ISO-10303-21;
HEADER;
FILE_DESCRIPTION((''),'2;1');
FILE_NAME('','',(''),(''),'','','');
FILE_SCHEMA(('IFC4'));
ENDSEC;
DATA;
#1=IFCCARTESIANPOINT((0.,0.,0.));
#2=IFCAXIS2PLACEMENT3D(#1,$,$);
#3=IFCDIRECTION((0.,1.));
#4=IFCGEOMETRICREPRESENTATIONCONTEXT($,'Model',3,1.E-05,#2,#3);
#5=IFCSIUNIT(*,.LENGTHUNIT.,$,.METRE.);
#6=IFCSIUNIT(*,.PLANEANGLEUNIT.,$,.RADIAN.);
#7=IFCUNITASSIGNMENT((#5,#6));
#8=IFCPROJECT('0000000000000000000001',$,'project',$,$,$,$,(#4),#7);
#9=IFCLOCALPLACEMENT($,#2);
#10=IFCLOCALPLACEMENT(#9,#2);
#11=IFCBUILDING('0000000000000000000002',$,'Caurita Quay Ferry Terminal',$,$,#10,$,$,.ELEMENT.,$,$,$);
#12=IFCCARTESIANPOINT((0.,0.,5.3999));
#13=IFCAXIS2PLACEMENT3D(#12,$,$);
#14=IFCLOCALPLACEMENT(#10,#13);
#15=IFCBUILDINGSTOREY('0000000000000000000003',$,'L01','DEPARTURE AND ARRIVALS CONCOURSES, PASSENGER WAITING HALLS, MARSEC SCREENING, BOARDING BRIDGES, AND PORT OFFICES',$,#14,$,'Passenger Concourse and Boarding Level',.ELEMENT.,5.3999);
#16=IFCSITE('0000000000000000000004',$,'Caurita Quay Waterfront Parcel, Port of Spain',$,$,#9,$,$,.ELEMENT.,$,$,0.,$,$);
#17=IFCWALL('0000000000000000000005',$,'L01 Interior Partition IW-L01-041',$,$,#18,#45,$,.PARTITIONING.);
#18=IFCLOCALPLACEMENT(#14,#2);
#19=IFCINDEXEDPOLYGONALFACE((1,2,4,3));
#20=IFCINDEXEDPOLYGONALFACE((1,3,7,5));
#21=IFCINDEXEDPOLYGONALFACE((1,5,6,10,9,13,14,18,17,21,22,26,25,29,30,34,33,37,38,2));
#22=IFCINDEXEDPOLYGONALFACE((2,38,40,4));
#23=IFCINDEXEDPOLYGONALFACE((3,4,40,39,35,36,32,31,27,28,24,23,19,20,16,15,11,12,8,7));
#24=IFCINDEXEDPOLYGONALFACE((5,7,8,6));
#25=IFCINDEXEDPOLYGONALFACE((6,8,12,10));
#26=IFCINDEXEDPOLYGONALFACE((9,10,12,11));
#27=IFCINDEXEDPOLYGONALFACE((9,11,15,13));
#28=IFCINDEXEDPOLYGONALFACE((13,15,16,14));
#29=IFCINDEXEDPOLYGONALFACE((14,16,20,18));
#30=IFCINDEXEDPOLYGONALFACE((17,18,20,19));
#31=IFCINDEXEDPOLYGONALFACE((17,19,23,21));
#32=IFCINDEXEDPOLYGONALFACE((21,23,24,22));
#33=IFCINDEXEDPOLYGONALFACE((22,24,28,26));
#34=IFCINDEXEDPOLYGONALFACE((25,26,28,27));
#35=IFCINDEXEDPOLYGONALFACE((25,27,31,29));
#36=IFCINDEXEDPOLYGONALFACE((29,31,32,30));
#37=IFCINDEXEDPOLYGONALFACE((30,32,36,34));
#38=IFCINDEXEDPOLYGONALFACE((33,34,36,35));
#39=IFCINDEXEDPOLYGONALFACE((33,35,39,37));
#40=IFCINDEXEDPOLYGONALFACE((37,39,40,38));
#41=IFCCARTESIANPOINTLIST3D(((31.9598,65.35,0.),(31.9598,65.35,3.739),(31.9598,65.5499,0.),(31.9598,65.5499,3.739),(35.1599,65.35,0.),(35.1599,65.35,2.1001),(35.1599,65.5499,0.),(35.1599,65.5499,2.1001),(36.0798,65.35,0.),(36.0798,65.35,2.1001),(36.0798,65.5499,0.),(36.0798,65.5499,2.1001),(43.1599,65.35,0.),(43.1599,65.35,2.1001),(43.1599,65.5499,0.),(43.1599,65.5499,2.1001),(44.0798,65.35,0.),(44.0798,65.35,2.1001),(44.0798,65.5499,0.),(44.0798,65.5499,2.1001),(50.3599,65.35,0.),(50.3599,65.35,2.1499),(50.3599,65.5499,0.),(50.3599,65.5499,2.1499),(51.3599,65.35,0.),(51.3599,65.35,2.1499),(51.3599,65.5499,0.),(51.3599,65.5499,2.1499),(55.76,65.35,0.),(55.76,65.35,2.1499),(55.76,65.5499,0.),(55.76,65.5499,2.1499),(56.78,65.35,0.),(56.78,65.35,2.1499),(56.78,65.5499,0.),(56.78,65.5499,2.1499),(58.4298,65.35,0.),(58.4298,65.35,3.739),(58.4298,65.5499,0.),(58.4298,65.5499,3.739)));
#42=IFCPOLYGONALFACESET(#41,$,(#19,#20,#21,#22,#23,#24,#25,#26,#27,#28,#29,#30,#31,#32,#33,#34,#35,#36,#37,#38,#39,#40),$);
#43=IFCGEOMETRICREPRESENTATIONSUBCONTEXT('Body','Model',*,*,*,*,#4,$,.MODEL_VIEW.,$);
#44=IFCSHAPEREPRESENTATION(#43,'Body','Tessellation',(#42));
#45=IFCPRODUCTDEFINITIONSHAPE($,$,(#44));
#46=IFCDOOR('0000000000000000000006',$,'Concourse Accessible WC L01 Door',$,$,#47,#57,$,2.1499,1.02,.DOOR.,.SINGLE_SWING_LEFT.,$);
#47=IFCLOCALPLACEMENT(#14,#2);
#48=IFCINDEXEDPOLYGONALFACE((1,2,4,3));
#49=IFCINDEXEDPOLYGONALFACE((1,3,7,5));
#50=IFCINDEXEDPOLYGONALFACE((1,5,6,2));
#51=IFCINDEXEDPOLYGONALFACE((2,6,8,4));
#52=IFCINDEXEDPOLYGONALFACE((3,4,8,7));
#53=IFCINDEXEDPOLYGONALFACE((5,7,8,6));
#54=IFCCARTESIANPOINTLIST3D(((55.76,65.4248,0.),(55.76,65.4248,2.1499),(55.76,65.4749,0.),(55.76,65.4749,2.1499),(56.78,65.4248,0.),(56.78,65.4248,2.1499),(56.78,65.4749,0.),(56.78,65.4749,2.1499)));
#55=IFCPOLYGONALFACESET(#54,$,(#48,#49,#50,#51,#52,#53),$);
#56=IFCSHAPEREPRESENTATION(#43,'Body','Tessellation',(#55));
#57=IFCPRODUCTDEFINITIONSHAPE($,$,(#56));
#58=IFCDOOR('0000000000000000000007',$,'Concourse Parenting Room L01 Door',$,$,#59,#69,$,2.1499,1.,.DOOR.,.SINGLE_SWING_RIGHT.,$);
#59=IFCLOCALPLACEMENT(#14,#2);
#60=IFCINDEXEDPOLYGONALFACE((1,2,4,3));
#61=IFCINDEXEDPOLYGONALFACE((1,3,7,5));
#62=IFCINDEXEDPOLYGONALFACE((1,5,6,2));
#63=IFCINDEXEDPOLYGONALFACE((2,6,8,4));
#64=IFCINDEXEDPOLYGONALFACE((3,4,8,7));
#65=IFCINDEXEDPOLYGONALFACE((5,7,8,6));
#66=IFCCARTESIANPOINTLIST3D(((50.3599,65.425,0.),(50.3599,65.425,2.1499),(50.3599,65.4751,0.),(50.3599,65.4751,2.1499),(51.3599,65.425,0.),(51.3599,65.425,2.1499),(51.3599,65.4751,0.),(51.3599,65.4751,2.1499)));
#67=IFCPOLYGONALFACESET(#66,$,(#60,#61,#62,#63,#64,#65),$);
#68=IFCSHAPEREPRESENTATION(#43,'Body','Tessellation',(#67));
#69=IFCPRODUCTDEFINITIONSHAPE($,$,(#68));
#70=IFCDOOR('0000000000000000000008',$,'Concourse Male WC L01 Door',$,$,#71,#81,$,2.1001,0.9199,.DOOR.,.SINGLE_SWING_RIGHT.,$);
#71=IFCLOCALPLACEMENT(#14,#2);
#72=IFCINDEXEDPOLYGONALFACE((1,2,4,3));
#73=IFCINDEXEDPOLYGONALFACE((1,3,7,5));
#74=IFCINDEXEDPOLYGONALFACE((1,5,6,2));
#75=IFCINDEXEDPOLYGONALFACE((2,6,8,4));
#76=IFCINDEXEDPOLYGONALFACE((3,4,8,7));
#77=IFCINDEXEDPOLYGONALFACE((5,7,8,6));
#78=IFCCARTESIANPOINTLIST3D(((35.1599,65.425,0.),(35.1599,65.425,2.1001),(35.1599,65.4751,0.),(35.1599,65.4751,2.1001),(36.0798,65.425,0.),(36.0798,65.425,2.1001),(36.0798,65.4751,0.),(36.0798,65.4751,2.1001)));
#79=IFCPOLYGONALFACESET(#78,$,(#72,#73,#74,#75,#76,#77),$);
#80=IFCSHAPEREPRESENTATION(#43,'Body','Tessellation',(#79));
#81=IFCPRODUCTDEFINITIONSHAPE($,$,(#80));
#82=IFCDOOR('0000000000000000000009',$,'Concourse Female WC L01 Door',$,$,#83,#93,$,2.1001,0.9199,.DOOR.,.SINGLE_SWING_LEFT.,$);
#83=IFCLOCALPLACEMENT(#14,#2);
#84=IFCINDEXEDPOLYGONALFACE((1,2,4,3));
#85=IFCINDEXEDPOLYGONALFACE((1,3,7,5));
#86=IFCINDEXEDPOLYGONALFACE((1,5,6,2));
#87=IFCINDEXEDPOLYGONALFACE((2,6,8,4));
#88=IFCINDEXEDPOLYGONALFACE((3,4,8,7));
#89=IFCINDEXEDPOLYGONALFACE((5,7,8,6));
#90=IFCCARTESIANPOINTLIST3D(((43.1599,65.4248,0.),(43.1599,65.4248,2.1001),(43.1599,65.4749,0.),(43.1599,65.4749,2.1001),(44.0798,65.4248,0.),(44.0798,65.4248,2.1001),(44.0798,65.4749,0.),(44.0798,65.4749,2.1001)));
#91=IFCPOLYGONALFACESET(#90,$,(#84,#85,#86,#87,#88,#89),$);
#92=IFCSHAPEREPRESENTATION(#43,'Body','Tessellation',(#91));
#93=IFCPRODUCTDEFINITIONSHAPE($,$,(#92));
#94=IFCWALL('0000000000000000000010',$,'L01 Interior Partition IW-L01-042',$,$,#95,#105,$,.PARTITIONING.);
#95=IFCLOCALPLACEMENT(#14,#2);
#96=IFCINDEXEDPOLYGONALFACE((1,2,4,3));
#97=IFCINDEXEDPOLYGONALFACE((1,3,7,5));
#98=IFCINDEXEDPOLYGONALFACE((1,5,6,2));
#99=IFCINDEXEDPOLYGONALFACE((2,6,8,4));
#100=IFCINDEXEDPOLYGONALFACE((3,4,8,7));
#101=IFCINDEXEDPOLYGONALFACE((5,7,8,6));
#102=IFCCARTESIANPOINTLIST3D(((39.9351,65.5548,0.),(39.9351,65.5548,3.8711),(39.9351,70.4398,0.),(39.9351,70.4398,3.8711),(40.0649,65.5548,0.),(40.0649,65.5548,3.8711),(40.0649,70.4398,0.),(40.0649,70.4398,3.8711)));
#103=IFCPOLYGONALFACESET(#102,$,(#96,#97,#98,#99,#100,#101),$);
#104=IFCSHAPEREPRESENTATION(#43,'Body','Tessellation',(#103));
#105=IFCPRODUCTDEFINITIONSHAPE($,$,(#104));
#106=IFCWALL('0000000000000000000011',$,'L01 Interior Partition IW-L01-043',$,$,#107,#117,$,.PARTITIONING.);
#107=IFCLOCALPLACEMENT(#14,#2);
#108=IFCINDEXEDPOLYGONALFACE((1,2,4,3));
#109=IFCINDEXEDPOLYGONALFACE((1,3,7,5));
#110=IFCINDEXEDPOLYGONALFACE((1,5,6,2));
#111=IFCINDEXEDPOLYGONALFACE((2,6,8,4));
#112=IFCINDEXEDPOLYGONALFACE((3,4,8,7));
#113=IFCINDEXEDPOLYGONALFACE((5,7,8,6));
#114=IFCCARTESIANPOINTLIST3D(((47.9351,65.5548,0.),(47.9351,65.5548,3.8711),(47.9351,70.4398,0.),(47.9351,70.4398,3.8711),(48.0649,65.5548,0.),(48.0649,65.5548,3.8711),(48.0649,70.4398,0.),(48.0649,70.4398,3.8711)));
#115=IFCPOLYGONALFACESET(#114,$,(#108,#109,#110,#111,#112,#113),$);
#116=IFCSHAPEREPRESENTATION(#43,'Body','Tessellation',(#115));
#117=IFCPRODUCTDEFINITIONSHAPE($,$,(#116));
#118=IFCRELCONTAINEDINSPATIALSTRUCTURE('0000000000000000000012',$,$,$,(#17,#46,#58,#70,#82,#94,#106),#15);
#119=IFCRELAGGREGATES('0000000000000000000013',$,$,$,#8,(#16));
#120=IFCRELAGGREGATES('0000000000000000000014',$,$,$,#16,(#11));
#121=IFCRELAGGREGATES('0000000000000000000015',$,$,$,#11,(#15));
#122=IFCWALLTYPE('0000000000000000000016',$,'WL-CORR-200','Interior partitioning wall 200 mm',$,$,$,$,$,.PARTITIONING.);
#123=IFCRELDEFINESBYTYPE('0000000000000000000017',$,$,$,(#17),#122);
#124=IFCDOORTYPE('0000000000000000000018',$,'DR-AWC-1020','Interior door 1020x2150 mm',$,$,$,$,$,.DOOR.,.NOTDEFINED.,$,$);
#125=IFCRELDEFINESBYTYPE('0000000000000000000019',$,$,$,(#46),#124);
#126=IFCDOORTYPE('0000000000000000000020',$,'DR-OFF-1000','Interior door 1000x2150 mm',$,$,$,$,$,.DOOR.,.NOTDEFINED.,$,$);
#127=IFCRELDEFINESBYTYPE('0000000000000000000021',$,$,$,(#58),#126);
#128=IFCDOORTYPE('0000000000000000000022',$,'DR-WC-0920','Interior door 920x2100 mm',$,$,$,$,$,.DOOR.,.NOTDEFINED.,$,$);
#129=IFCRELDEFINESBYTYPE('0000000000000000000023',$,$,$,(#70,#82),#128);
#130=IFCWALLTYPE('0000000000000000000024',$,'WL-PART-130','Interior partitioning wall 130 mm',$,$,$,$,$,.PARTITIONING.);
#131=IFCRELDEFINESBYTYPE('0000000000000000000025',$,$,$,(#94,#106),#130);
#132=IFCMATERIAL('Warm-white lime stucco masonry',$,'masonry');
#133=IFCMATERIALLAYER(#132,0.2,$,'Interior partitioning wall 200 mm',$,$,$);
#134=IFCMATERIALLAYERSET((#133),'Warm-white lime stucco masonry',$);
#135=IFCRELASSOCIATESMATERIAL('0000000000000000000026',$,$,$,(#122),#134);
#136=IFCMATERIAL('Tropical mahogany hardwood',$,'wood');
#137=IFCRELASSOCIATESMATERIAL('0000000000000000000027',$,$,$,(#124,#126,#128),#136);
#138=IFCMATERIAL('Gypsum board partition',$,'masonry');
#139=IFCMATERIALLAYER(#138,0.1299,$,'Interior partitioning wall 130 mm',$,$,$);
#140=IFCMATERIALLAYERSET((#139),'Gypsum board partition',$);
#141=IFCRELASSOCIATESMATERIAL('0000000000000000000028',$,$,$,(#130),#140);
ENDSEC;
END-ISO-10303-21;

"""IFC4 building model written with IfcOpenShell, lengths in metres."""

from ifc_helpers import new_model, si_unit, direction, frame, frame_2d, origin, place, context, subcontext, project, spatial, rectangle, extrude, material, layer, layer_set, type_object, element, fill, save


model = new_model("IFC4")

# Units and contexts
model_context = context("Model", 3, precision=1e-05, world=origin(), true_north=direction((0.0, 1.0)))
body_context = subcontext(model_context, "Body", "Model", "MODEL_VIEW")
ifc_project = project(units=[si_unit("LENGTHUNIT", "METRE"), si_unit("PLANEANGLEUNIT", "RADIAN")], contexts=[model_context])

# Site, building, storey
site_placement = place(None, origin())
site = spatial("IfcSite", under=ifc_project, at=site_placement, Name="Caurita Quay Waterfront Parcel, Port of Spain", CompositionType="ELEMENT", RefElevation=0.0)
building_placement = place(site_placement, origin())
building = spatial("IfcBuilding", under=site, at=building_placement, Name="Caurita Quay Ferry Terminal", CompositionType="ELEMENT")
storey_placement = place(building_placement, frame((0.0, 0.0, 5.3999)))
storey = spatial("IfcBuildingStorey", under=building, at=storey_placement, Name="L01", Description="DEPARTURE AND ARRIVALS CONCOURSES, PASSENGER WAITING HALLS, MARSEC SCREENING, BOARDING BRIDGES, AND PORT OFFICES", LongName="Passenger Concourse and Boarding Level", CompositionType="ELEMENT", Elevation=5.3999)

# Wall, openings, doors
ifc_material_1 = material(Name="Warm-white lime stucco masonry", Category="masonry")
ifc_layer_1 = layer(ifc_material_1, 0.2, Name="Interior partitioning wall 200 mm")
ifc_layer_set_1 = layer_set([ifc_layer_1], Name="Warm-white lime stucco masonry")
wall_type_1 = type_object("IfcWallType", Name="WL-CORR-200", Description="Interior partitioning wall 200 mm", PredefinedType="PARTITIONING", material=ifc_layer_set_1)
wall_1_placement = place(storey_placement, frame((31.96, 65.45, 0.0), z_axis=(0.0, 0.0, 1.0), x_axis=(1.0, 0.0, 0.0)))
wall_1 = element("IfcWall", 1, at=wall_1_placement, inside=storey, type_object=wall_type_1, Name="L01 Interior Partition IW-L01-041", PredefinedType="PARTITIONING", context=body_context, shape_type="SweptSolid", body=[
    extrude(rectangle(XDim=26.47, YDim=0.2, at=frame_2d((13.2349, 0.0))), origin(), (0.0, 0.0, 1.0), 3.739),
])
opening_1_placement = place(wall_1_placement, frame((3.2, 0.0, 0.0)))
opening_1 = element("IfcOpeningElement", 2, at=opening_1_placement, cuts=wall_1, PredefinedType="OPENING", context=body_context, shape_type="SweptSolid", body=[
    extrude(rectangle(XDim=0.9199, YDim=2.1001, at=frame_2d((0.46, 1.05))), frame((0.0, 0.1099, 0.0), z_axis=(0.0, -1.0, 0.0), x_axis=(1.0, 0.0, 0.0)), (0.0, 0.0, 1.0), 0.22),
])
opening_2_placement = place(wall_1_placement, frame((11.2, 0.0, 0.0)))
opening_2 = element("IfcOpeningElement", 3, at=opening_2_placement, cuts=wall_1, PredefinedType="OPENING", context=body_context, shape_type="SweptSolid", body=[
    extrude(rectangle(XDim=0.9199, YDim=2.1001, at=frame_2d((0.46, 1.05))), frame((0.0, 0.1099, 0.0), z_axis=(0.0, -1.0, 0.0), x_axis=(1.0, 0.0, 0.0)), (0.0, 0.0, 1.0), 0.22),
])
opening_3_placement = place(wall_1_placement, frame((18.3999, 0.0, 0.0)))
opening_3 = element("IfcOpeningElement", 4, at=opening_3_placement, cuts=wall_1, PredefinedType="OPENING", context=body_context, shape_type="SweptSolid", body=[
    extrude(rectangle(XDim=1.0, YDim=2.1499, at=frame_2d((0.5, 1.075))), frame((0.0, 0.1099, 0.0), z_axis=(0.0, -1.0, 0.0), x_axis=(1.0, 0.0, 0.0)), (0.0, 0.0, 1.0), 0.22),
])
opening_4_placement = place(wall_1_placement, frame((23.8, 0.0, 0.0)))
opening_4 = element("IfcOpeningElement", 5, at=opening_4_placement, cuts=wall_1, PredefinedType="OPENING", context=body_context, shape_type="SweptSolid", body=[
    extrude(rectangle(XDim=1.02, YDim=2.1499, at=frame_2d((0.51, 1.075))), frame((0.0, 0.1099, 0.0), z_axis=(0.0, -1.0, 0.0), x_axis=(1.0, 0.0, 0.0)), (0.0, 0.0, 1.0), 0.22),
])
ifc_material_2 = material(Name="Tropical mahogany hardwood", Category="wood")
door_type_1 = type_object("IfcDoorType", Name="DR-AWC-1020", Description="Interior door 1020x2150 mm", OperationType="NOTDEFINED", PredefinedType="DOOR", material=ifc_material_2)
door_1_placement = place(opening_4_placement, origin())
door_1 = element("IfcDoor", 6, at=door_1_placement, inside=storey, type_object=door_type_1, Name="Concourse Accessible WC L01 Door", OperationType="SINGLE_SWING_LEFT", OverallHeight=2.1499, OverallWidth=1.02, PredefinedType="DOOR", context=body_context, shape_type="SweptSolid", body=[
    extrude(rectangle(XDim=1.02, YDim=2.1499, at=frame_2d((0.51, 1.075))), frame((0.0, 0.0249, 0.0), z_axis=(0.0, -1.0, 0.0), x_axis=(1.0, 0.0, 0.0)), (0.0, 0.0, 1.0), 0.05),
])
fill(opening_4, door_1)
door_type_2 = type_object("IfcDoorType", Name="DR-OFF-1000", Description="Interior door 1000x2150 mm", OperationType="NOTDEFINED", PredefinedType="DOOR", material=ifc_material_2)
door_2_placement = place(opening_3_placement, frame((1.0, 0.0, 0.0), z_axis=(0.0, 0.0, 1.0), x_axis=(-1.0, 0.0, 0.0)))
door_2 = element("IfcDoor", 7, at=door_2_placement, inside=storey, type_object=door_type_2, Name="Concourse Parenting Room L01 Door", OperationType="SINGLE_SWING_RIGHT", OverallHeight=2.1499, OverallWidth=1.0, PredefinedType="DOOR", context=body_context, shape_type="SweptSolid", body=[
    extrude(rectangle(XDim=1.0, YDim=2.1499, at=frame_2d((0.5, 1.075))), frame((0.0, 0.0249, 0.0), z_axis=(0.0, -1.0, 0.0), x_axis=(1.0, 0.0, 0.0)), (0.0, 0.0, 1.0), 0.05),
])
fill(opening_3, door_2)
door_type_3 = type_object("IfcDoorType", Name="DR-WC-0920", Description="Interior door 920x2100 mm", OperationType="NOTDEFINED", PredefinedType="DOOR", material=ifc_material_2)
door_3_placement = place(opening_1_placement, frame((0.9199, 0.0, 0.0), z_axis=(0.0, 0.0, 1.0), x_axis=(-1.0, 0.0, 0.0)))
door_3 = element("IfcDoor", 8, at=door_3_placement, inside=storey, type_object=door_type_3, Name="Concourse Male WC L01 Door", OperationType="SINGLE_SWING_RIGHT", OverallHeight=2.1001, OverallWidth=0.9199, PredefinedType="DOOR", context=body_context, shape_type="SweptSolid", body=[
    extrude(rectangle(XDim=0.9199, YDim=2.1001, at=frame_2d((0.46, 1.05))), frame((0.0, 0.0249, 0.0), z_axis=(0.0, -1.0, 0.0), x_axis=(1.0, 0.0, 0.0)), (0.0, 0.0, 1.0), 0.05),
])
fill(opening_1, door_3)
door_4_placement = place(opening_2_placement, origin())
door_4 = element("IfcDoor", 9, at=door_4_placement, inside=storey, type_object=door_type_3, Name="Concourse Female WC L01 Door", OperationType="SINGLE_SWING_LEFT", OverallHeight=2.1001, OverallWidth=0.9199, PredefinedType="DOOR", context=body_context, shape_type="SweptSolid", body=[
    extrude(rectangle(XDim=0.9199, YDim=2.1001, at=frame_2d((0.46, 1.05))), frame((0.0, 0.0249, 0.0), z_axis=(0.0, -1.0, 0.0), x_axis=(1.0, 0.0, 0.0)), (0.0, 0.0, 1.0), 0.05),
])
fill(opening_2, door_4)

# Walls
ifc_material_3 = material(Name="Gypsum board partition", Category="masonry")
ifc_layer_2 = layer(ifc_material_3, 0.1299, Name="Interior partitioning wall 130 mm")
ifc_layer_set_2 = layer_set([ifc_layer_2], Name="Gypsum board partition")
wall_type_2 = type_object("IfcWallType", Name="WL-PART-130", Description="Interior partitioning wall 130 mm", PredefinedType="PARTITIONING", material=ifc_layer_set_2)
for number, where, z_axis, x_axis, name in (
    (10, (40.0, 65.5549, 0.0), (0.0, 0.0, 1.0), (0.0, 1.0, 0.0), "L01 Interior Partition IW-L01-042"),
    (11, (48.0, 65.5549, 0.0), (0.0, 0.0, 1.0), (0.0, 1.0, 0.0), "L01 Interior Partition IW-L01-043"),
):
    element("IfcWall", number, at=place(storey_placement, frame(where, z_axis=z_axis, x_axis=x_axis)), inside=storey, type_object=wall_type_2, Name=name, PredefinedType="PARTITIONING", context=body_context, shape_type="SweptSolid", body=[
        extrude(rectangle(XDim=4.885, YDim=0.1299, at=frame_2d((2.4424, 0.0))), origin(), (0.0, 0.0, 1.0), 3.8711),
    ])

save(model, "model.ifc")
